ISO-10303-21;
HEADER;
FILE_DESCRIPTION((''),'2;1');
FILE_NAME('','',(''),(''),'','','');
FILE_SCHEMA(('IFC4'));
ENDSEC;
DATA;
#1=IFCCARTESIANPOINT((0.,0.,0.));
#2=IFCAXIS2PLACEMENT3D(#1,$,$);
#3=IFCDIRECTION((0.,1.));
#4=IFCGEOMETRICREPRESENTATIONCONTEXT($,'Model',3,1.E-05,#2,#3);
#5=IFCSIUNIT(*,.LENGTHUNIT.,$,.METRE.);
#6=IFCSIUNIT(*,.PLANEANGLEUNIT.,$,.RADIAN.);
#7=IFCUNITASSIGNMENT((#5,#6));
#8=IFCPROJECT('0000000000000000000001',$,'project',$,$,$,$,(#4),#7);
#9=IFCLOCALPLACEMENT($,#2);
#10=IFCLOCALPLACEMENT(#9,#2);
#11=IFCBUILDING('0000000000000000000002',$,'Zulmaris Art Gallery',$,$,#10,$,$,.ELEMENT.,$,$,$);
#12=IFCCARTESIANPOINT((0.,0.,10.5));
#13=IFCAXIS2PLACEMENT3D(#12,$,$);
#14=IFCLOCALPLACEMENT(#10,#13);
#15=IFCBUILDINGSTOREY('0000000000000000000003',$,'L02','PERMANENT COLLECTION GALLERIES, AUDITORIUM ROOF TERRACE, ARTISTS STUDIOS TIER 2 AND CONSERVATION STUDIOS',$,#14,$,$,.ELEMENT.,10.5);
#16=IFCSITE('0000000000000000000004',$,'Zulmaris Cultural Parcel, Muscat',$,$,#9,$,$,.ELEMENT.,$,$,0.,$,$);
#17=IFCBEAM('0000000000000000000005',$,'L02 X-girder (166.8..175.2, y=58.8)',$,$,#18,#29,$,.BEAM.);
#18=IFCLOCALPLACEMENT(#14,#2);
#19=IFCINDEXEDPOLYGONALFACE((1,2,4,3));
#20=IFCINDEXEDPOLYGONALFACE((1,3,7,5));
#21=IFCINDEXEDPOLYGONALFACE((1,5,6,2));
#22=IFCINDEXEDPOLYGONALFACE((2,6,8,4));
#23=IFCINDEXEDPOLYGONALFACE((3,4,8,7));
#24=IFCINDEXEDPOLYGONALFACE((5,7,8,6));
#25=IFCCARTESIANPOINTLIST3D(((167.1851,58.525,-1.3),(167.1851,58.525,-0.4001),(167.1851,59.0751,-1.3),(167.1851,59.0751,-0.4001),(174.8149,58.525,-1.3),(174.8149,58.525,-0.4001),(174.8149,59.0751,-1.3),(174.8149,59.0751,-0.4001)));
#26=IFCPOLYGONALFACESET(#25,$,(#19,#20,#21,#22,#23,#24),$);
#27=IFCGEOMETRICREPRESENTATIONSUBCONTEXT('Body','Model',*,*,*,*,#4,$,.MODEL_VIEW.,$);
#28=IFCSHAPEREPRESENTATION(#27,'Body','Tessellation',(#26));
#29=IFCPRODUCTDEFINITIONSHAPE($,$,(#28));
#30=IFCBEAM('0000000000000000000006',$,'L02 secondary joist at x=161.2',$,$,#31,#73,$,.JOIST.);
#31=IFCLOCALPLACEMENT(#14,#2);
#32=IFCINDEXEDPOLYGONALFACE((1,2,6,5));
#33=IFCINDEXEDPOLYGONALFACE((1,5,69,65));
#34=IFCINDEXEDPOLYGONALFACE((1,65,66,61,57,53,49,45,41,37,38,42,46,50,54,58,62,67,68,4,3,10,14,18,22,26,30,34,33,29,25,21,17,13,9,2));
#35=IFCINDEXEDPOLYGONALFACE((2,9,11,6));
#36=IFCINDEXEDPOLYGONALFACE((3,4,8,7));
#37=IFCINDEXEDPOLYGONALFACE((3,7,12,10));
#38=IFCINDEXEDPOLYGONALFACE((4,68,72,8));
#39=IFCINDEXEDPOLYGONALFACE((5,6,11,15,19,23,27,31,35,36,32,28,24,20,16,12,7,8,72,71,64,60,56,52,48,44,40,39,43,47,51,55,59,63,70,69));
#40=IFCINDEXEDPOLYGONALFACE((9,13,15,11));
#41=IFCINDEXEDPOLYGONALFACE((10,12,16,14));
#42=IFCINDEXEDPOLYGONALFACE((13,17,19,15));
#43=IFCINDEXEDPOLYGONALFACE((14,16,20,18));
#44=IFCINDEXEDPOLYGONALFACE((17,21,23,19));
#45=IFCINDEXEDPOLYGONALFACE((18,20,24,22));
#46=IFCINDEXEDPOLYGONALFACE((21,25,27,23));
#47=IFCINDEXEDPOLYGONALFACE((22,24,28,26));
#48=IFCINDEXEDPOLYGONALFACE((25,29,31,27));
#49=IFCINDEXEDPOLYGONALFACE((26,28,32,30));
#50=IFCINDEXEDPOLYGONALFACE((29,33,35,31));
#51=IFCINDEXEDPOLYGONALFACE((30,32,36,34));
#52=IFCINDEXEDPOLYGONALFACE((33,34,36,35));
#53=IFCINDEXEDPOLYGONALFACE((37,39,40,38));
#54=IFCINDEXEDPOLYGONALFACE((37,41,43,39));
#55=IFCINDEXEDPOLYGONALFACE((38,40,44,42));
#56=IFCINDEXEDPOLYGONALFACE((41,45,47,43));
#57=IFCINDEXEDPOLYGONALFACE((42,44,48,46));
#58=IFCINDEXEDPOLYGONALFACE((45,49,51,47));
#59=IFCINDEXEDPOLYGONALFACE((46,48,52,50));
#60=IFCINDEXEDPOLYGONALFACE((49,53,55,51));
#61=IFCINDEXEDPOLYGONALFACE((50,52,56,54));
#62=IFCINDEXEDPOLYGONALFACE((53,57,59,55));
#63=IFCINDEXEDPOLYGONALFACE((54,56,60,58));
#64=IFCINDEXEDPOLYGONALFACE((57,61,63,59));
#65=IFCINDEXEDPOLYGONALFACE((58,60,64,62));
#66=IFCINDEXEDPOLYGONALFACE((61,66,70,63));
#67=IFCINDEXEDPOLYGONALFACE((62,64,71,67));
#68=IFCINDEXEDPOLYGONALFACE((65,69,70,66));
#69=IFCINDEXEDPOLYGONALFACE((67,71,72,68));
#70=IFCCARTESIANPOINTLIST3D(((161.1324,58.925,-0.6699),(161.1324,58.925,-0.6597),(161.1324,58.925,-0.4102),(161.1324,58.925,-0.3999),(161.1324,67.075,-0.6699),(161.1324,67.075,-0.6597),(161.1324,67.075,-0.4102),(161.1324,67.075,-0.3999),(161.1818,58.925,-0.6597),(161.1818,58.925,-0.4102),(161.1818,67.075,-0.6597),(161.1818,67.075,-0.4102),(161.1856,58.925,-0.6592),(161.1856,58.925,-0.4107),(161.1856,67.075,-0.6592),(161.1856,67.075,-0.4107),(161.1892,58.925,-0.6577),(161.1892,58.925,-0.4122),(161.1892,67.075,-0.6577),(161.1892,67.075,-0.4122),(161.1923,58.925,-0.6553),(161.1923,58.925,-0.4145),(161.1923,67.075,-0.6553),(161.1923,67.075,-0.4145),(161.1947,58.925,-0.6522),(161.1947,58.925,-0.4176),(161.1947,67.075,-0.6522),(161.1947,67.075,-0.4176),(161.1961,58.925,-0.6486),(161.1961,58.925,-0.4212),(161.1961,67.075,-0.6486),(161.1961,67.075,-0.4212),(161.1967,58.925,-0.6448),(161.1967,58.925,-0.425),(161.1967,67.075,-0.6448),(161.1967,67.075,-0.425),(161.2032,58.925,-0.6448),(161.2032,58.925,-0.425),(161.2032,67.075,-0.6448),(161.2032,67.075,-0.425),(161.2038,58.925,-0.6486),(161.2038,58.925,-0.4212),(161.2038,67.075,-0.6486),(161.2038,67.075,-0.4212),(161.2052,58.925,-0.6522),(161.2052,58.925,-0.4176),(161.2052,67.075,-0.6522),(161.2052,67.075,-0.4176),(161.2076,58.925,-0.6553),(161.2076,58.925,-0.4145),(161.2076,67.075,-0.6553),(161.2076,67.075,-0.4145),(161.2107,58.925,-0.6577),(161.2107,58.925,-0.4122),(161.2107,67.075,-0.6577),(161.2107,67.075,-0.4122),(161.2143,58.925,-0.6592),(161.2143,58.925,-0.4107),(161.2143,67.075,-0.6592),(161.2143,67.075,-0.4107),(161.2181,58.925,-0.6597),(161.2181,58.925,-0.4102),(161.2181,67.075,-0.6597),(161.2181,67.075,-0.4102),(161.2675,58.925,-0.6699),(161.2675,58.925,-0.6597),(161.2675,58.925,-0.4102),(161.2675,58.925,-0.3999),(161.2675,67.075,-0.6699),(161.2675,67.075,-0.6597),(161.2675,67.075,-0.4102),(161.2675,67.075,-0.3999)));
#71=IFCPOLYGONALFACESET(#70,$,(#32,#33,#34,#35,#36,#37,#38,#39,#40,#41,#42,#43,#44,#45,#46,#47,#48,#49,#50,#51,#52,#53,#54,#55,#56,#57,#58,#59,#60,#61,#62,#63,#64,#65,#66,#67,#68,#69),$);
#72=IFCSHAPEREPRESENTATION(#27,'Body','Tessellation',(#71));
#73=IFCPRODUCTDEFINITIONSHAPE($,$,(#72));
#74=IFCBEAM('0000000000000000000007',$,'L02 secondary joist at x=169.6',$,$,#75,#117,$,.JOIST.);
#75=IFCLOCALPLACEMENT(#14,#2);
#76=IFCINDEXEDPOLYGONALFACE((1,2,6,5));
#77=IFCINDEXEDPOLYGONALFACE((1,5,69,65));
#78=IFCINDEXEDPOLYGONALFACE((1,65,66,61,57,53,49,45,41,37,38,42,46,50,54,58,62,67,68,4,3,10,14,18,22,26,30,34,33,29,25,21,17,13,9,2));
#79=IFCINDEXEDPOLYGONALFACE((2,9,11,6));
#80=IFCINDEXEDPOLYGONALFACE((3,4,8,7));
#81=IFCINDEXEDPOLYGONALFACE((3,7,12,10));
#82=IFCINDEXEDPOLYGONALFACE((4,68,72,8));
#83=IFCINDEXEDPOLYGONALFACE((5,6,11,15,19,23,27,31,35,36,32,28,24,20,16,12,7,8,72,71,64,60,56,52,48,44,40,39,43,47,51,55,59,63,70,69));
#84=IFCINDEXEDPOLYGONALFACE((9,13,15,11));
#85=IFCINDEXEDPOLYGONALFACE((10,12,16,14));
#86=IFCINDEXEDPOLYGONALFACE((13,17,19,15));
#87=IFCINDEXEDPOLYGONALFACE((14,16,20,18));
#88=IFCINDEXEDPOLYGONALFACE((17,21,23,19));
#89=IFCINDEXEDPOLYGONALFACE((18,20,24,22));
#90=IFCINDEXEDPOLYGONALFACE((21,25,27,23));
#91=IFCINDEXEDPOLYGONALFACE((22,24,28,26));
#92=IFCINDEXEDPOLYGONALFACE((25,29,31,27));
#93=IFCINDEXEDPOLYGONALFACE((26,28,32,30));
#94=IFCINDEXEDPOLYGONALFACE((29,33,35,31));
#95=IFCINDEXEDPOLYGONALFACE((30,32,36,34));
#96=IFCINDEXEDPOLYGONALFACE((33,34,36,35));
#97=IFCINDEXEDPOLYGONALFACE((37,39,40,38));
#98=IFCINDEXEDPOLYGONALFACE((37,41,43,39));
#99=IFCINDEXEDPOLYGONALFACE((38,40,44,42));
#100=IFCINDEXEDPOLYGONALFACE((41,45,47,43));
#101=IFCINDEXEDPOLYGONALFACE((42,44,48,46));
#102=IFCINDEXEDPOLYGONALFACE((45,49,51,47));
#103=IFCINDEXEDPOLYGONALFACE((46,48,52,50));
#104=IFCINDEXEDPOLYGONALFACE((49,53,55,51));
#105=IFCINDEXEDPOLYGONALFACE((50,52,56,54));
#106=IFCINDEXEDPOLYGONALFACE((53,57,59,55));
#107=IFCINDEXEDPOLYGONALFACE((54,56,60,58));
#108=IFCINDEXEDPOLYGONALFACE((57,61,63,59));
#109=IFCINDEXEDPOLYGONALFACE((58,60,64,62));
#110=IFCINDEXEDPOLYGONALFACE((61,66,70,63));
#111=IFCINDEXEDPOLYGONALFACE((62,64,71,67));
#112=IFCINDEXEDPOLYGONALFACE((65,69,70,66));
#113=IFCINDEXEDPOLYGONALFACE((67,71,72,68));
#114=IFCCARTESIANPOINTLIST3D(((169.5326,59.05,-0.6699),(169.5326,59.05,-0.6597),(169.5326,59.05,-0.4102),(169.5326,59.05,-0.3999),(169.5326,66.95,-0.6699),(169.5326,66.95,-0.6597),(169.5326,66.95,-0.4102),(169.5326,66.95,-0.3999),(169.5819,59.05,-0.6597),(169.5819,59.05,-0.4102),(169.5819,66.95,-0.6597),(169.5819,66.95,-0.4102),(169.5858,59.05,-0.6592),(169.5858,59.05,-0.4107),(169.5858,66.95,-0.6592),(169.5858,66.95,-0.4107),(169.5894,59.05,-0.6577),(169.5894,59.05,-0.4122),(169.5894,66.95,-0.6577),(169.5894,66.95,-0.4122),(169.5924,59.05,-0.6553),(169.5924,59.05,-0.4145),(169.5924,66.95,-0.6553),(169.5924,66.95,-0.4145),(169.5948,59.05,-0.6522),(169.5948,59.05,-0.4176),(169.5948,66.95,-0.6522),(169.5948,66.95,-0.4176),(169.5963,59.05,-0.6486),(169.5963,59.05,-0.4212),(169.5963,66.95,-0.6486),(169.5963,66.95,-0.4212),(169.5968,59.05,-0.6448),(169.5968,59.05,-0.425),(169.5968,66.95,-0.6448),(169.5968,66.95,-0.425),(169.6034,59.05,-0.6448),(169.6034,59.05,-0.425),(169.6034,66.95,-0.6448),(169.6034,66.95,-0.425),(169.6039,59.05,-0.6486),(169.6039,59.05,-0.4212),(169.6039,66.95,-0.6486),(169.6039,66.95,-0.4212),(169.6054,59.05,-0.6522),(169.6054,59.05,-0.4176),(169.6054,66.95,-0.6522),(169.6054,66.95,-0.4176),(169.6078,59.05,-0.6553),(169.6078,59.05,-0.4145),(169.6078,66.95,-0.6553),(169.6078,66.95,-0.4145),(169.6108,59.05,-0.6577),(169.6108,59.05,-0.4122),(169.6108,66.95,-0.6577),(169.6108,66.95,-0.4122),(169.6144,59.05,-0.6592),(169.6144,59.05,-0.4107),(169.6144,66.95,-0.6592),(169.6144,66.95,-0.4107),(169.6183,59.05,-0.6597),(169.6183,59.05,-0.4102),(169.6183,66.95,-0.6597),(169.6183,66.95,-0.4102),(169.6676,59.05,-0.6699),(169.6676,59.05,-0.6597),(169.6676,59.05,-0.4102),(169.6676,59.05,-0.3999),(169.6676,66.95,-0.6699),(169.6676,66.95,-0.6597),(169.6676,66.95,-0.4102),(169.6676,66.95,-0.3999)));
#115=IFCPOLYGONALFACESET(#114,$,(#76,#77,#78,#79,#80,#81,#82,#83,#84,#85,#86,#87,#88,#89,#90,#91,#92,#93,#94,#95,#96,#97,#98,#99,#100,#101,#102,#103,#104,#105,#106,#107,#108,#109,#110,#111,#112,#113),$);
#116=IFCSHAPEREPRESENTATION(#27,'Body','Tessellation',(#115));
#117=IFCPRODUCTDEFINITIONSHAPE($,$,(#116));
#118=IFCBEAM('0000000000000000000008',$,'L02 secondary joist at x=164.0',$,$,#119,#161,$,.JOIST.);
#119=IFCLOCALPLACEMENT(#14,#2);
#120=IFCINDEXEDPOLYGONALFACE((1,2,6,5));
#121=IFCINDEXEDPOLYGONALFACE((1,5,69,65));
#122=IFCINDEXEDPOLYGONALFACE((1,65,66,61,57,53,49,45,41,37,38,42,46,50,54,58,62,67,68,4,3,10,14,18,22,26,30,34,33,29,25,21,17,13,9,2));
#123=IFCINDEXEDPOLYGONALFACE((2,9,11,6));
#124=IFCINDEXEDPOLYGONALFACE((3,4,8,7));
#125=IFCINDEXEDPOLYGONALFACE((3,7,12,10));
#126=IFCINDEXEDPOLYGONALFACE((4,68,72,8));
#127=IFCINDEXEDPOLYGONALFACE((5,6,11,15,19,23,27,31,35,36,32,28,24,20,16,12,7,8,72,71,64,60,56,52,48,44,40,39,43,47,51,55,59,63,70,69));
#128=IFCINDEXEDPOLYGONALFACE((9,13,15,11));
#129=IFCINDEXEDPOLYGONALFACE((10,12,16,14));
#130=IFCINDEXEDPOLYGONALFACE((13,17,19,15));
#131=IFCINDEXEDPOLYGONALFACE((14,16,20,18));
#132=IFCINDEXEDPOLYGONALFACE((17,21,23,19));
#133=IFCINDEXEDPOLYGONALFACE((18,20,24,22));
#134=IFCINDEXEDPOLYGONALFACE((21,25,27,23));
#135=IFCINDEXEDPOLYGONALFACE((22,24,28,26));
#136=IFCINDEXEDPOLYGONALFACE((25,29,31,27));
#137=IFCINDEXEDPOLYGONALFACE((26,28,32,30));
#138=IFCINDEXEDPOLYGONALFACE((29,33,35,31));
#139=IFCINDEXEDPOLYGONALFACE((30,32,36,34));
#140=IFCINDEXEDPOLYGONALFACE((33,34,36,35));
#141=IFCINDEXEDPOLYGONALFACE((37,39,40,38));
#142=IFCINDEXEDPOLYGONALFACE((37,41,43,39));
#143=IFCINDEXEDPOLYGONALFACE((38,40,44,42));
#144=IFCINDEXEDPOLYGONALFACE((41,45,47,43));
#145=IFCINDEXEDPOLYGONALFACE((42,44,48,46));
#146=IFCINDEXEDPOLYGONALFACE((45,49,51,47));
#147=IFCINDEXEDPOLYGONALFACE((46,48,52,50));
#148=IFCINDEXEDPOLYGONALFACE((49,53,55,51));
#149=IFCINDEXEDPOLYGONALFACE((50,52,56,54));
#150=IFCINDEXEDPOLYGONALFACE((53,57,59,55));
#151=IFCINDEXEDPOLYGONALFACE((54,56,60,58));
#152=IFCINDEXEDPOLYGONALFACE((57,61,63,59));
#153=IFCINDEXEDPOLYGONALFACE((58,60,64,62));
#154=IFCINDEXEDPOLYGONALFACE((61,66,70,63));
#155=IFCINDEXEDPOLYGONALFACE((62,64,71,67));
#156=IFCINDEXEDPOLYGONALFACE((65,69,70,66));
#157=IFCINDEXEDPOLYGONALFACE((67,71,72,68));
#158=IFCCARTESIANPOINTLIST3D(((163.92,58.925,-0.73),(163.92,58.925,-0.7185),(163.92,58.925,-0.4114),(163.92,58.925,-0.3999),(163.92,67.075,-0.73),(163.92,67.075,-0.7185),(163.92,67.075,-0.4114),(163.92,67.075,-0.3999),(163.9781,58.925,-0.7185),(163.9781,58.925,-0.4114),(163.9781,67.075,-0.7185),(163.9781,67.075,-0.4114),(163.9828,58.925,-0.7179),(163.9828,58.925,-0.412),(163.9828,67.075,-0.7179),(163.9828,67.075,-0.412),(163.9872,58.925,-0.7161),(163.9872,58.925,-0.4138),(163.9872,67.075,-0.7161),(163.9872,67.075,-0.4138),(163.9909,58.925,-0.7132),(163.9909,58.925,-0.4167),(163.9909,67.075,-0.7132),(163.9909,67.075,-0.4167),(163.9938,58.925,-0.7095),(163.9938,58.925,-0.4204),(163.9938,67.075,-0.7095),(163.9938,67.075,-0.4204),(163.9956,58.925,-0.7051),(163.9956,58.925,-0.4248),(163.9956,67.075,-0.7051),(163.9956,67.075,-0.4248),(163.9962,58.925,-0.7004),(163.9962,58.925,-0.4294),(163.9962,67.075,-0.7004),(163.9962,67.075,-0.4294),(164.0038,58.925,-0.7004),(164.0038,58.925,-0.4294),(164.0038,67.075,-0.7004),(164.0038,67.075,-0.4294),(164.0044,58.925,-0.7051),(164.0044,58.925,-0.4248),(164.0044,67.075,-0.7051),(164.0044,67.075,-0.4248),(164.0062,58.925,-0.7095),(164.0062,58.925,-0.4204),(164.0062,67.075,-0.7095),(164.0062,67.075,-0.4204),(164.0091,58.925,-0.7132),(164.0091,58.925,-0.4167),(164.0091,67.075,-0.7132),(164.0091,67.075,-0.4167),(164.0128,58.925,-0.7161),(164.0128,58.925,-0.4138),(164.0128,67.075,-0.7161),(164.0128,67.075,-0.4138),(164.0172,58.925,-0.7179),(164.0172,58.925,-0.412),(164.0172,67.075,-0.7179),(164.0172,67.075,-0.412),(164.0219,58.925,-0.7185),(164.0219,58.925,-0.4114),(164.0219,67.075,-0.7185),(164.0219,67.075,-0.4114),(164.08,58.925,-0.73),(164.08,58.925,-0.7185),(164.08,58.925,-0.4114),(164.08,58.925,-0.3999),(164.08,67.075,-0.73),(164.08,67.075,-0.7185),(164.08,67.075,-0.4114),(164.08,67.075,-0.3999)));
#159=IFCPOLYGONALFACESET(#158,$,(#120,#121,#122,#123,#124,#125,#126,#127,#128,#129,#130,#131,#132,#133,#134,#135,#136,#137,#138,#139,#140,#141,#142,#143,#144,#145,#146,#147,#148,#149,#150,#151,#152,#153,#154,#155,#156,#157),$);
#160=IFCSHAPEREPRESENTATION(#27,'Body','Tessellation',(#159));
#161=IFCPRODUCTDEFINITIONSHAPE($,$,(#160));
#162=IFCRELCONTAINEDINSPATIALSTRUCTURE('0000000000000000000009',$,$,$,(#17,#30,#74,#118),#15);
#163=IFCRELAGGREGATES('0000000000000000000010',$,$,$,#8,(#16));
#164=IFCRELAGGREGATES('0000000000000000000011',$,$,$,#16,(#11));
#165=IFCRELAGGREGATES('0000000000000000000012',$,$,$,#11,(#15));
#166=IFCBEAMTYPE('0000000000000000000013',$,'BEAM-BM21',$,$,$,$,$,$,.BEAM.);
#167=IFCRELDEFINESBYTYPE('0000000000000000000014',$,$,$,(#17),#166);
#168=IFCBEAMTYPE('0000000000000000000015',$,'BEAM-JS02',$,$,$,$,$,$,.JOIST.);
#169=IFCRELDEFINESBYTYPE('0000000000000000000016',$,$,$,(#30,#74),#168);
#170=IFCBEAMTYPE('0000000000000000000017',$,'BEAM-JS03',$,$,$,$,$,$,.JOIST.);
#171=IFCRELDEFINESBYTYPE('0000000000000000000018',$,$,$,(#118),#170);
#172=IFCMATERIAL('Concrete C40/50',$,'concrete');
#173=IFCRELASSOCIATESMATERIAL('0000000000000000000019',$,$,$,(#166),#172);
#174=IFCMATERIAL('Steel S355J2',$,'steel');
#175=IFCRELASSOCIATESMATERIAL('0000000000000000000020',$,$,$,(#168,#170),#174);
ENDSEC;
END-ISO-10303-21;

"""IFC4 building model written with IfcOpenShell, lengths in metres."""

from ifc_helpers import new_model, si_unit, direction, frame, origin, origin_2d, place, context, subcontext, project, spatial, rectangle, i_section, extrude, material, material_profile, profile_set, type_object, element, save


model = new_model("IFC4")

# Units and contexts
model_context = context("Model", 3, precision=1e-05, world=origin(), true_north=direction((0.0, 1.0)))
body_context = subcontext(model_context, "Body", "Model", "MODEL_VIEW")
ifc_project = project(units=[si_unit("LENGTHUNIT", "METRE"), si_unit("PLANEANGLEUNIT", "RADIAN")], contexts=[model_context])

# Site, building, storey
site_placement = place(None, origin())
site = spatial("IfcSite", under=ifc_project, at=site_placement, Name="Zulmaris Cultural Parcel, Muscat", CompositionType="ELEMENT", RefElevation=0.0)
building_placement = place(site_placement, origin())
building = spatial("IfcBuilding", under=site, at=building_placement, Name="Zulmaris Art Gallery", CompositionType="ELEMENT")
storey_placement = place(building_placement, frame((0.0, 0.0, 10.5)))
storey = spatial("IfcBuildingStorey", under=building, at=storey_placement, Name="L02", Description="PERMANENT COLLECTION GALLERIES, AUDITORIUM ROOF TERRACE, ARTISTS STUDIOS TIER 2 AND CONSERVATION STUDIOS", CompositionType="ELEMENT", Elevation=10.5)

# Beams
ifc_material_1 = material(Name="Concrete C40/50", Category="concrete")
ifc_material_profile_1 = material_profile(ifc_material_1, rectangle(XDim=0.55, YDim=0.8999, at=origin_2d()), Name="RC 550x900")
ifc_profile_set_1 = profile_set([ifc_material_profile_1], Name="Concrete C40/50")
beam_type_1 = type_object("IfcBeamType", Name="BEAM-BM21", PredefinedType="BEAM", material=ifc_profile_set_1)
beam_1_placement = place(storey_placement, frame((167.1851, 58.8, -0.8501), z_axis=(1.0, 0.0, 0.0), x_axis=(0.0, 1.0, 0.0)))
element("IfcBeam", 1, at=beam_1_placement, inside=storey, type_object=beam_type_1, Name="L02 X-girder (166.8..175.2, y=58.8)", PredefinedType="BEAM", context=body_context, shape_type="SweptSolid", body=[
    extrude(rectangle(XDim=0.55, YDim=0.8999, at=origin_2d()), origin(), (0.0, 0.0, 1.0), 7.6299),
])
ifc_material_2 = material(Name="Steel S355J2", Category="steel")
ifc_material_profile_2 = material_profile(ifc_material_2, i_section(OverallWidth=0.135, OverallDepth=0.27, WebThickness=0.0066, FlangeThickness=0.0103, FilletRadius=0.0149, at=origin_2d()), Name="IPE 270")
ifc_profile_set_2 = profile_set([ifc_material_profile_2], Name="Steel S355J2")
beam_type_2 = type_object("IfcBeamType", Name="BEAM-JS02", PredefinedType="JOIST", material=ifc_profile_set_2)
beam_2_placement = place(storey_placement, frame((161.2, 58.925, -0.5349), z_axis=(0.0, 1.0, 0.0), x_axis=(-1.0, 0.0, 0.0)))
element("IfcBeam", 2, at=beam_2_placement, inside=storey, type_object=beam_type_2, Name="L02 secondary joist at x=161.2", PredefinedType="JOIST", context=body_context, shape_type="SweptSolid", body=[
    extrude(i_section(OverallWidth=0.135, OverallDepth=0.27, WebThickness=0.0066, FlangeThickness=0.0103, FilletRadius=0.0149, at=origin_2d()), origin(), (0.0, 0.0, 1.0), 8.1499),
])
beam_3_placement = place(storey_placement, frame((169.6001, 59.05, -0.5349), z_axis=(0.0, 1.0, 0.0), x_axis=(-1.0, 0.0, 0.0)))
element("IfcBeam", 3, at=beam_3_placement, inside=storey, type_object=beam_type_2, Name="L02 secondary joist at x=169.6", PredefinedType="JOIST", context=body_context, shape_type="SweptSolid", body=[
    extrude(i_section(OverallWidth=0.135, OverallDepth=0.27, WebThickness=0.0066, FlangeThickness=0.0103, FilletRadius=0.0149, at=origin_2d()), origin(), (0.0, 0.0, 1.0), 7.8999),
])
ifc_material_profile_3 = material_profile(ifc_material_2, i_section(OverallWidth=0.1599, OverallDepth=0.3301, WebThickness=0.0076, FlangeThickness=0.0115, FilletRadius=0.0181, at=origin_2d()), Name="IPE 330")
ifc_profile_set_3 = profile_set([ifc_material_profile_3], Name="Steel S355J2")
beam_type_3 = type_object("IfcBeamType", Name="BEAM-JS03", PredefinedType="JOIST", material=ifc_profile_set_3)
beam_4_placement = place(storey_placement, frame((164.0, 58.925, -0.5649), z_axis=(0.0, 1.0, 0.0), x_axis=(-1.0, 0.0, 0.0)))
element("IfcBeam", 4, at=beam_4_placement, inside=storey, type_object=beam_type_3, Name="L02 secondary joist at x=164.0", PredefinedType="JOIST", context=body_context, shape_type="SweptSolid", body=[
    extrude(i_section(OverallWidth=0.1599, OverallDepth=0.3301, WebThickness=0.0076, FlangeThickness=0.0115, FilletRadius=0.0181, at=origin_2d()), origin(), (0.0, 0.0, 1.0), 8.1499),
])

save(model, "model.ifc")
